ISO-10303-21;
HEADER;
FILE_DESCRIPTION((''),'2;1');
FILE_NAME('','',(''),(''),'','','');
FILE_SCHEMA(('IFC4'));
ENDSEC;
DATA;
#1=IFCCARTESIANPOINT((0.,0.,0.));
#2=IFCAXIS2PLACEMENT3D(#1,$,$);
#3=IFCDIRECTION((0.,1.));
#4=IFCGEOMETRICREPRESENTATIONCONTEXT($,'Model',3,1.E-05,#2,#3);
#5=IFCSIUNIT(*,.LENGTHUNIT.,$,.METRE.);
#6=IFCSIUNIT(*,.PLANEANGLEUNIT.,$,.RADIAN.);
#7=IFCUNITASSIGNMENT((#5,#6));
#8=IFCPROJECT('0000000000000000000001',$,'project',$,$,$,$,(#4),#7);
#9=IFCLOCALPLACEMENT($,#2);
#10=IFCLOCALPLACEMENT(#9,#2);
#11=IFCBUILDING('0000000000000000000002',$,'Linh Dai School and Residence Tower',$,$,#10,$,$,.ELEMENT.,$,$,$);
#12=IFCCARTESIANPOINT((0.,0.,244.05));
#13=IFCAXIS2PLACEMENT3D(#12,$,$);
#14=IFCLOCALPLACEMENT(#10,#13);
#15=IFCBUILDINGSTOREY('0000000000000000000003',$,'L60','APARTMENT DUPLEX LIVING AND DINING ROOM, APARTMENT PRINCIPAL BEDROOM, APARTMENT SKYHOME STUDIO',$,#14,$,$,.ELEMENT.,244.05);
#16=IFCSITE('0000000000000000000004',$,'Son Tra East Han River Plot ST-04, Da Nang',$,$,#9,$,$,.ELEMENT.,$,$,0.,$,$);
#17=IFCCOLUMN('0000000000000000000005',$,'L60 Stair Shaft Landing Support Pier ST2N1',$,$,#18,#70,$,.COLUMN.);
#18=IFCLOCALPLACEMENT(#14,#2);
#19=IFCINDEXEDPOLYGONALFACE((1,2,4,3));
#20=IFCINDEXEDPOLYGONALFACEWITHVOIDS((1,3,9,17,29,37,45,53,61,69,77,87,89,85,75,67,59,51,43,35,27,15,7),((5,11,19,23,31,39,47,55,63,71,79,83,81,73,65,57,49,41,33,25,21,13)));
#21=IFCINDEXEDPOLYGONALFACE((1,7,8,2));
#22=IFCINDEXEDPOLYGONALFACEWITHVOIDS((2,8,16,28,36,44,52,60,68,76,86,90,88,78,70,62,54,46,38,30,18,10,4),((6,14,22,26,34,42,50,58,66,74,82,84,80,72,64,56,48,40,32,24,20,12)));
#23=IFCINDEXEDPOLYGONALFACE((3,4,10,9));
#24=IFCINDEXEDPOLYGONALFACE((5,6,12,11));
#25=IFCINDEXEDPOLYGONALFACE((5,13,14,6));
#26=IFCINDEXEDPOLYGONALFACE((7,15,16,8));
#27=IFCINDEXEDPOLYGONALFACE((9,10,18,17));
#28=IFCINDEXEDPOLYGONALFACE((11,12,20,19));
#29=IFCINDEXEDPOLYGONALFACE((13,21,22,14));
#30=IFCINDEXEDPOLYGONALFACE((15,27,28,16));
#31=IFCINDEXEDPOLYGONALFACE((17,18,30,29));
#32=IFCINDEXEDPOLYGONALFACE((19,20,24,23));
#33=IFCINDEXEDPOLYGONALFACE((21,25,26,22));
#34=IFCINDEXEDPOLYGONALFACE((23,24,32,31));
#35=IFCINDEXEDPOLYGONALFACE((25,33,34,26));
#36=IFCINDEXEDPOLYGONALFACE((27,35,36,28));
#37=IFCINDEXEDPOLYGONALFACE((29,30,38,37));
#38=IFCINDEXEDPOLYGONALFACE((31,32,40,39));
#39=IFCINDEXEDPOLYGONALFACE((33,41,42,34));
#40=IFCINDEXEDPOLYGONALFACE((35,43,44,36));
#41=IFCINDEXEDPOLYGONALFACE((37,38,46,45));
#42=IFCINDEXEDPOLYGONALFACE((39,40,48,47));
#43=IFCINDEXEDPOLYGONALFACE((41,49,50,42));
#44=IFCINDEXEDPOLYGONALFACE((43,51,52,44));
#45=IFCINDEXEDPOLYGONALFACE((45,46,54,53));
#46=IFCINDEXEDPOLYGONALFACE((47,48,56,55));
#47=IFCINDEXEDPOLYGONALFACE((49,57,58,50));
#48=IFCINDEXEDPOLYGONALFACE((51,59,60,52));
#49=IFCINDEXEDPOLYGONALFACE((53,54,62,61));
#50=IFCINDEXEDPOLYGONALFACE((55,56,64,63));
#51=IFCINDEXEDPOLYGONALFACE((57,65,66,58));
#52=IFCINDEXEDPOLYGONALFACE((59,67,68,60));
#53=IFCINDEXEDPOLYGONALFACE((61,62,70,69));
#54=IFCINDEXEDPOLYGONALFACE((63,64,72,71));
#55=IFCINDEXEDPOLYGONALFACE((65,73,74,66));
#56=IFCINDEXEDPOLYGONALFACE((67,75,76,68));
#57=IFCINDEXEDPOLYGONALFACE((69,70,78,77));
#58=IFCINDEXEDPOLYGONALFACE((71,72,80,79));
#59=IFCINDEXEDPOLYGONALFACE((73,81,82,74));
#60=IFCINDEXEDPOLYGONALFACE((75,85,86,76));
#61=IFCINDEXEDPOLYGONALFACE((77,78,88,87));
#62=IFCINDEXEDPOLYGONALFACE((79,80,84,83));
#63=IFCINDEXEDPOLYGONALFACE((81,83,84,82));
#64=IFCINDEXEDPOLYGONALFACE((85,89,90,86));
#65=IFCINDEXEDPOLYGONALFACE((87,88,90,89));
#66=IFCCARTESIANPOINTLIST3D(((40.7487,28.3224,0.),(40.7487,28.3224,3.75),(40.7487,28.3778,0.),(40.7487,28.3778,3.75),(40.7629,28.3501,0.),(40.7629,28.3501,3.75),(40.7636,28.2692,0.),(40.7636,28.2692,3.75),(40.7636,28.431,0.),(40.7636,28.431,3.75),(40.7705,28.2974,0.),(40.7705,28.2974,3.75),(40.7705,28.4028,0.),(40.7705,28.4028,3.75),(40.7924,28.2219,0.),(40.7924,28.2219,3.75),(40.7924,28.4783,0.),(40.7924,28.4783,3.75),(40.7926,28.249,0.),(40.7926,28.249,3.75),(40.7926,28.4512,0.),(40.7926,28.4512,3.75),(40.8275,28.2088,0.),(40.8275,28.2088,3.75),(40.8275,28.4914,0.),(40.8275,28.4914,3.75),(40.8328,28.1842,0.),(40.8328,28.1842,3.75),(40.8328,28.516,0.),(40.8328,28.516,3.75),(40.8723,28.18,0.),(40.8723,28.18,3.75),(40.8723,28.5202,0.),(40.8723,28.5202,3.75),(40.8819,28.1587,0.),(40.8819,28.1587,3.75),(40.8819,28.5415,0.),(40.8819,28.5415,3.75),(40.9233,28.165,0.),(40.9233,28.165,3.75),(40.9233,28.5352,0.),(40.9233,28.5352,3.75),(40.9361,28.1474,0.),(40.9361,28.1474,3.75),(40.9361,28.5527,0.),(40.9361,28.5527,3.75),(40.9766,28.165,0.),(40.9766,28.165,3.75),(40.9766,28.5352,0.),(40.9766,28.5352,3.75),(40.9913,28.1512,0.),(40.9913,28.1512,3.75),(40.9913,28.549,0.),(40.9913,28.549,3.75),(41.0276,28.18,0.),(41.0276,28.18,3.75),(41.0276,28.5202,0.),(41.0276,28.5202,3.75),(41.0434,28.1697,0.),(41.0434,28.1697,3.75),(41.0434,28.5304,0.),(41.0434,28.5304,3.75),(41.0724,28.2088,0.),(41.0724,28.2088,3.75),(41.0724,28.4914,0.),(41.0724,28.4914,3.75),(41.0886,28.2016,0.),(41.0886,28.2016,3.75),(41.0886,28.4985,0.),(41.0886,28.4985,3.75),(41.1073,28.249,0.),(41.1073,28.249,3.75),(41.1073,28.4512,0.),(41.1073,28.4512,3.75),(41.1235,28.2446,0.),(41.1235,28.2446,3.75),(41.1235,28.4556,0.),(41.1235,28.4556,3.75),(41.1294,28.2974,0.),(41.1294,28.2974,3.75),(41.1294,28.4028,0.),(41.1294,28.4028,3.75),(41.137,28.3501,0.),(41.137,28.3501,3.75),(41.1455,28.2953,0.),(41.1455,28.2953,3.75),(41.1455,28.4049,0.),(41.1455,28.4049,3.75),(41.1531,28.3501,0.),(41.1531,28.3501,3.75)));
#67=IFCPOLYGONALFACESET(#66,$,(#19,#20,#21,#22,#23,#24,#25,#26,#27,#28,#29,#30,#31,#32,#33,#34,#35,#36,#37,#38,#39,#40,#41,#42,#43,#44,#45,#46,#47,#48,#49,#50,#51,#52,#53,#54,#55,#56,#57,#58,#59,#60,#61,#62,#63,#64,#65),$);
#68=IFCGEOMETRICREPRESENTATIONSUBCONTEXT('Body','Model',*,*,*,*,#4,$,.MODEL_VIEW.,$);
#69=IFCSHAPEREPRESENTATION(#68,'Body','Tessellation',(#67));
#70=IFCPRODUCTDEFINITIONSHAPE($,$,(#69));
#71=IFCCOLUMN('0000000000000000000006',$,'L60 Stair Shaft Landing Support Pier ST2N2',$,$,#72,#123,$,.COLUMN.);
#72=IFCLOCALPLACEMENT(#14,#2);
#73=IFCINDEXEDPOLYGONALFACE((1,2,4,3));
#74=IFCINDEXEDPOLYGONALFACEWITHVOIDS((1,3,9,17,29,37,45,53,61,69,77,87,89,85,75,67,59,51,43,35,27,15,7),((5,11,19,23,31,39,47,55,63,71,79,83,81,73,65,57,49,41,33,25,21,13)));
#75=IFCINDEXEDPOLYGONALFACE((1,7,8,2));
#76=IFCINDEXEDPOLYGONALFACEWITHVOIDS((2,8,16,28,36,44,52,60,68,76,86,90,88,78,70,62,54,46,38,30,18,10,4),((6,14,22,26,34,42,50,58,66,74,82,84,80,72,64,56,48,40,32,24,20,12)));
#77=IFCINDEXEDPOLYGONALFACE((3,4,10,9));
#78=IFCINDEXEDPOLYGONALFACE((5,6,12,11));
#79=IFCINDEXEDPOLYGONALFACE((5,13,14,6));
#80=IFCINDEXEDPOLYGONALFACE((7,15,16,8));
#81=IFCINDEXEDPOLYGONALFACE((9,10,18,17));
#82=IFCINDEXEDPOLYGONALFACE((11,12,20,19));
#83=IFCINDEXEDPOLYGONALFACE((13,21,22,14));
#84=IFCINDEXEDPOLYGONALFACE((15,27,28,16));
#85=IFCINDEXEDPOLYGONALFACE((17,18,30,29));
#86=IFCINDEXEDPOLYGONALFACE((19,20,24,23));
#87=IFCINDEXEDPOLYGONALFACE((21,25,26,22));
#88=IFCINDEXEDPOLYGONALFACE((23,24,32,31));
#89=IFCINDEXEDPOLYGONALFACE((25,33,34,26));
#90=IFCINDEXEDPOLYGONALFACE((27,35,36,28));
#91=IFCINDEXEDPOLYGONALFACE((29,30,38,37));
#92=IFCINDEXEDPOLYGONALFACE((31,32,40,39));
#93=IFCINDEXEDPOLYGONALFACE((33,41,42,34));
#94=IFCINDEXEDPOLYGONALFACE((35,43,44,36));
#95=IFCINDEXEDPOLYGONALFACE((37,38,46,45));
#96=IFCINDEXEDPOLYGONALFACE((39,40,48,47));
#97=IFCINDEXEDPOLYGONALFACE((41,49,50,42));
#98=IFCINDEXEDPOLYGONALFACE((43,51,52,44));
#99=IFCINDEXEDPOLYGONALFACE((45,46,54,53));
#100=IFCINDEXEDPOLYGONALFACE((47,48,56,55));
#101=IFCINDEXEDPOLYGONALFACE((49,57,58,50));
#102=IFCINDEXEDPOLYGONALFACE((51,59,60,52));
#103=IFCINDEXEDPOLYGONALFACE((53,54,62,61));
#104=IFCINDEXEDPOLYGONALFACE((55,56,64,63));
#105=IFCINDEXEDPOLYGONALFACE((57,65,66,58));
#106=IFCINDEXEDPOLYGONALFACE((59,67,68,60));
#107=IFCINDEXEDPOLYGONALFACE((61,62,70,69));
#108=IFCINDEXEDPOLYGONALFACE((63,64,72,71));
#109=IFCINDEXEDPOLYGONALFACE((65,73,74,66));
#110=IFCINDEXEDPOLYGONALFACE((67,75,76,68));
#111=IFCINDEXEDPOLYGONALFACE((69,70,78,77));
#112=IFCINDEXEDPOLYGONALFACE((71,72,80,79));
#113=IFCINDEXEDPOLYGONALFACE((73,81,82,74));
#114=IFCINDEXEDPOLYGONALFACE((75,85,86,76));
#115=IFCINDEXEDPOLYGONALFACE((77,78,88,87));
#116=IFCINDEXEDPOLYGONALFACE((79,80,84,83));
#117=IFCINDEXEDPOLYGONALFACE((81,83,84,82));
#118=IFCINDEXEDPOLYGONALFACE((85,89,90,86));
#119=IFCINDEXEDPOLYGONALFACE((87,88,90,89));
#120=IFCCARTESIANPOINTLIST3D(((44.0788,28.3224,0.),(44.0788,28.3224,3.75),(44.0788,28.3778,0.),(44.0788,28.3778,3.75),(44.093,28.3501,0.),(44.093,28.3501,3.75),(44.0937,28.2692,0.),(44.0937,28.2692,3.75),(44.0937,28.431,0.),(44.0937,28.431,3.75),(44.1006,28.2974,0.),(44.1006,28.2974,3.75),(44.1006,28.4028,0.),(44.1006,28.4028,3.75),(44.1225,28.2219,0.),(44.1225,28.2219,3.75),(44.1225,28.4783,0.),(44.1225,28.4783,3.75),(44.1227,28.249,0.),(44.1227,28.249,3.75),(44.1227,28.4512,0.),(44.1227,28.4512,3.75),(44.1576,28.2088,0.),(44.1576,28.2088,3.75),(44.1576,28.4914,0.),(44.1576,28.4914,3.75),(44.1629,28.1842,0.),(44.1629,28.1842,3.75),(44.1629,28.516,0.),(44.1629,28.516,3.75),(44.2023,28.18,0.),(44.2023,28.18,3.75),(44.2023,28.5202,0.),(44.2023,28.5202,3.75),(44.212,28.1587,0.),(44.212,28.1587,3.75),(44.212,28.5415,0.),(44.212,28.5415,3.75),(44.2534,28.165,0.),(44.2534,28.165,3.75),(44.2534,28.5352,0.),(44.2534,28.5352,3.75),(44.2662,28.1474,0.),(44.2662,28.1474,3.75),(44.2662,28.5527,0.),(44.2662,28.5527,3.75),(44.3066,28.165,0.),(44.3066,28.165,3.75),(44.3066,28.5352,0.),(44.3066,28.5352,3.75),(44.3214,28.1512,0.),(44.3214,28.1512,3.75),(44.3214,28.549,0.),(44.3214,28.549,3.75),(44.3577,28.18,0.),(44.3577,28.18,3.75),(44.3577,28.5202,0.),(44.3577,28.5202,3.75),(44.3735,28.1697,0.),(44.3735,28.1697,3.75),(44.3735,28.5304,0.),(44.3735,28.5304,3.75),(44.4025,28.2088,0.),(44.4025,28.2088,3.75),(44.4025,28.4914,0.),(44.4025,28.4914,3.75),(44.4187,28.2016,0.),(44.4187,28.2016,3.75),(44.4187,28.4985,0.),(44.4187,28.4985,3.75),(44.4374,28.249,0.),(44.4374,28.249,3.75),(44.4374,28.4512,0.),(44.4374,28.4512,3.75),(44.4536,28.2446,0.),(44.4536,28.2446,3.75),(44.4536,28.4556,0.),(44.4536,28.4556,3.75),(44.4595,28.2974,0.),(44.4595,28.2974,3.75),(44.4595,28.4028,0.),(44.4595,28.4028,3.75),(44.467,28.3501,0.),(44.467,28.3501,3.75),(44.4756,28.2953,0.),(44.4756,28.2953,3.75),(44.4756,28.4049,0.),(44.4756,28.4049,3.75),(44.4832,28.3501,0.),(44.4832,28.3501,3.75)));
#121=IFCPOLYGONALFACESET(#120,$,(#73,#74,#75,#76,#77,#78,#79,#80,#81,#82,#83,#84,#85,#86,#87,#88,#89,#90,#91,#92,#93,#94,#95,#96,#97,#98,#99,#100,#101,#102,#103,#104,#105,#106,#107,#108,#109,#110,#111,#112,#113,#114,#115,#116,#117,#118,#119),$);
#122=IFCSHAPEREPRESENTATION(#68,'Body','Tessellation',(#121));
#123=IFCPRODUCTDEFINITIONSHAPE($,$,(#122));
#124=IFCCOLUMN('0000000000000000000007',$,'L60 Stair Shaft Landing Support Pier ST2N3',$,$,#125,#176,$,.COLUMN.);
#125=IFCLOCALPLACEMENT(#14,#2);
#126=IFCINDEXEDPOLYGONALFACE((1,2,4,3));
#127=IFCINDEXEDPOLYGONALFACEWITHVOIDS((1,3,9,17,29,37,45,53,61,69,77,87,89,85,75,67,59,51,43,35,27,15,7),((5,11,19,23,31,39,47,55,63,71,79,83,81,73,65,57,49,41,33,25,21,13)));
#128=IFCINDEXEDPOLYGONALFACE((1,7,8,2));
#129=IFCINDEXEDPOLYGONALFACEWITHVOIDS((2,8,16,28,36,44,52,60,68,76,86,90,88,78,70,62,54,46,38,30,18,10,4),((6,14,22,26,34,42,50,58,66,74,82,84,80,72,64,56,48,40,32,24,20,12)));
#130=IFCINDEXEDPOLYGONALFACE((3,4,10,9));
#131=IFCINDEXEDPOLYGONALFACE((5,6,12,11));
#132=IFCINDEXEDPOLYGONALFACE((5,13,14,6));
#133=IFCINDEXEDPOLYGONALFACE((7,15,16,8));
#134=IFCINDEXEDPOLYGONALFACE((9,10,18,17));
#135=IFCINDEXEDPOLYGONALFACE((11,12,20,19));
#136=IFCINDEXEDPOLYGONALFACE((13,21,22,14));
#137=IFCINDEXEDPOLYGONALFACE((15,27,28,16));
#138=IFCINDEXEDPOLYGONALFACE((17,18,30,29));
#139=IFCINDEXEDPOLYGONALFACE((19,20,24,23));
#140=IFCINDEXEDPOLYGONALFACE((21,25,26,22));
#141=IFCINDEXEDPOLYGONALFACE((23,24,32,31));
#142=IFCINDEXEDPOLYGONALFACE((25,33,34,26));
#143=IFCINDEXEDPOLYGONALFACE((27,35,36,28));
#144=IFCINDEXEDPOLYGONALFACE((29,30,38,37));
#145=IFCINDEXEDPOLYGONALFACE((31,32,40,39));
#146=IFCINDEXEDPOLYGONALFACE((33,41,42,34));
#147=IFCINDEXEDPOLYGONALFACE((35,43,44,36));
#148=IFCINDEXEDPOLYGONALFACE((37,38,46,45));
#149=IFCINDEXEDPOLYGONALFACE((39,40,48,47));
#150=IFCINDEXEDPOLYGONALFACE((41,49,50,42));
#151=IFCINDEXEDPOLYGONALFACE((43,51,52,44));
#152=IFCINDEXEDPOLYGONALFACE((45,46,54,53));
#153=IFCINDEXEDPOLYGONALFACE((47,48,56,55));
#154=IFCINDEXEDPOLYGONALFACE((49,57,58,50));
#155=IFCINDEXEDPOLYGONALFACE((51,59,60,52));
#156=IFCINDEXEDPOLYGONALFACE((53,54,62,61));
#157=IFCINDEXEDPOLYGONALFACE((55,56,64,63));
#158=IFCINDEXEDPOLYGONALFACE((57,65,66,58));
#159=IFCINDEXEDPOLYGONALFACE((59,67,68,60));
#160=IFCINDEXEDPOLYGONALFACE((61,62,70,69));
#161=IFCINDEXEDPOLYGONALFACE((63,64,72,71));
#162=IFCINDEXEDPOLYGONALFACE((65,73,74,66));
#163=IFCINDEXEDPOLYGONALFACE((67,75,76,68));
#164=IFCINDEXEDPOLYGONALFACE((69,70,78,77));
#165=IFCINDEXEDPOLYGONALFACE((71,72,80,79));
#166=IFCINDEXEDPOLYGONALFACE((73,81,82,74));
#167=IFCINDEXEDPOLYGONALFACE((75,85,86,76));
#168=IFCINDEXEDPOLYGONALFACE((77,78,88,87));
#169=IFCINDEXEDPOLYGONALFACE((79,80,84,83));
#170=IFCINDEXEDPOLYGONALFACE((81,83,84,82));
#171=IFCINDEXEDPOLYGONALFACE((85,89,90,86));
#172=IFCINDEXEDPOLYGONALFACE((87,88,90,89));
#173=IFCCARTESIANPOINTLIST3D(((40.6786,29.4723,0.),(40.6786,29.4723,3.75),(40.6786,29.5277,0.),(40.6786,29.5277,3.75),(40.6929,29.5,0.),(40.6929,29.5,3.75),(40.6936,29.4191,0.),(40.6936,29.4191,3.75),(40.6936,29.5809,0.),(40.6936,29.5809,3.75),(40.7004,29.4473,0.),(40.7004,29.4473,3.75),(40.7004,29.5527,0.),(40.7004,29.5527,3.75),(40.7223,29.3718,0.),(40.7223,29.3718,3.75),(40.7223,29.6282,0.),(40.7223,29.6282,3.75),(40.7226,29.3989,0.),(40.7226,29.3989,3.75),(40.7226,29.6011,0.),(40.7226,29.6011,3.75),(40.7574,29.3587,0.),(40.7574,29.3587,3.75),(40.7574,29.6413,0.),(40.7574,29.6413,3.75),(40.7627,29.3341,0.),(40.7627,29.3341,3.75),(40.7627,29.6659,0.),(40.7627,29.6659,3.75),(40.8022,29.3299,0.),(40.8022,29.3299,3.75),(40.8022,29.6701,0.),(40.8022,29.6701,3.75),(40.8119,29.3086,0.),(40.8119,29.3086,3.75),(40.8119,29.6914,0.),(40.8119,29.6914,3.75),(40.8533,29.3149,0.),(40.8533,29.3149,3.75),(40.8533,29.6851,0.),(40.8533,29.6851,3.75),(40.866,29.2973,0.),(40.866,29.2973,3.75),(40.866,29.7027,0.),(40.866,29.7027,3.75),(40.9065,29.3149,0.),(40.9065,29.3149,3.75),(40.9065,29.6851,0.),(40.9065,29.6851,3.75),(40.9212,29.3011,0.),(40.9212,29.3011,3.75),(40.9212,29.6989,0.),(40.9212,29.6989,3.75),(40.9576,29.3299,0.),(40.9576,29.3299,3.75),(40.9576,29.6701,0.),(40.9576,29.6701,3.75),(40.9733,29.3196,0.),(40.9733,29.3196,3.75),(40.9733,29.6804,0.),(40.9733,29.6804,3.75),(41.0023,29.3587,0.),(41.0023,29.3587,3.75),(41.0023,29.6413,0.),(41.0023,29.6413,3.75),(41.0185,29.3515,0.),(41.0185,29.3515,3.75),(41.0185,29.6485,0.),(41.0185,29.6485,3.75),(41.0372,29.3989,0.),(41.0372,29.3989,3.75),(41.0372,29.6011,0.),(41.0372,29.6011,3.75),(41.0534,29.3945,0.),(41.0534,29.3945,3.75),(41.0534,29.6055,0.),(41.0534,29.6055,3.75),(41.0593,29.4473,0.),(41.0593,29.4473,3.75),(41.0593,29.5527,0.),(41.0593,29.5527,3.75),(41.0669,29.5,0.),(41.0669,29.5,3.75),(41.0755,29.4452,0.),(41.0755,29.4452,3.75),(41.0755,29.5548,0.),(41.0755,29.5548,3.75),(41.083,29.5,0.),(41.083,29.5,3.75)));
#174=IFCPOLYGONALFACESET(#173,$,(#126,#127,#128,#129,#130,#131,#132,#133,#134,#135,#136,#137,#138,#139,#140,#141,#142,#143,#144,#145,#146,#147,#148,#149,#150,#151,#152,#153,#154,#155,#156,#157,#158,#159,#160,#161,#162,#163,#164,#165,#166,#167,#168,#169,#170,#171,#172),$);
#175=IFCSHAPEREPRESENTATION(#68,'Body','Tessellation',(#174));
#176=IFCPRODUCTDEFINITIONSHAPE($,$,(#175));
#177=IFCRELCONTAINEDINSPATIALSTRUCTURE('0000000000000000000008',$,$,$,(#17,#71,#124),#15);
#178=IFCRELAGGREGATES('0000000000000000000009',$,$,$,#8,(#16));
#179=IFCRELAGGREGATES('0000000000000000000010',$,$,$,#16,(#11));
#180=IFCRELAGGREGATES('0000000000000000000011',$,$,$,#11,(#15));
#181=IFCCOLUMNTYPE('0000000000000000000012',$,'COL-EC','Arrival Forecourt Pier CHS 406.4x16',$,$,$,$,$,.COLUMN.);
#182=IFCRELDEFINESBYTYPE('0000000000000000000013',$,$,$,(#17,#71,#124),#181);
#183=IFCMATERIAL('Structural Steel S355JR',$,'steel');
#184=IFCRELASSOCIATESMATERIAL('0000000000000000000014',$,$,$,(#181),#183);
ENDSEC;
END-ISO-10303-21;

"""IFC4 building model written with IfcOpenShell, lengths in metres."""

from ifc_helpers import new_model, si_unit, direction, frame, origin, origin_2d, place, context, subcontext, project, spatial, hollow_circle, extrude, material, material_profile, profile_set, type_object, element, save


model = new_model("IFC4")

# Units and contexts
model_context = context("Model", 3, precision=1e-05, world=origin(), true_north=direction((0.0, 1.0)))
body_context = subcontext(model_context, "Body", "Model", "MODEL_VIEW")
ifc_project = project(units=[si_unit("LENGTHUNIT", "METRE"), si_unit("PLANEANGLEUNIT", "RADIAN")], contexts=[model_context])

# Site, building, storey
site_placement = place(None, origin())
site = spatial("IfcSite", under=ifc_project, at=site_placement, Name="Son Tra East Han River Plot ST-04, Da Nang", CompositionType="ELEMENT", RefElevation=0.0)
building_placement = place(site_placement, origin())
building = spatial("IfcBuilding", under=site, at=building_placement, Name="Linh Dai School and Residence Tower", CompositionType="ELEMENT")
storey_placement = place(building_placement, frame((0.0, 0.0, 244.05)))
storey = spatial("IfcBuildingStorey", under=building, at=storey_placement, Name="L60", Description="APARTMENT DUPLEX LIVING AND DINING ROOM, APARTMENT PRINCIPAL BEDROOM, APARTMENT SKYHOME STUDIO", CompositionType="ELEMENT", Elevation=244.05)

# Columns
ifc_material_1 = material(Name="Structural Steel S355JR", Category="steel")
ifc_material_profile_1 = material_profile(ifc_material_1, hollow_circle(Radius=0.2031, WallThickness=0.0161, at=origin_2d()), Name="CHS 406.4x16")
ifc_profile_set_1 = profile_set([ifc_material_profile_1], Name="Structural Steel S355JR")
column_type_1 = type_object("IfcColumnType", Name="COL-EC", Description="Arrival Forecourt Pier CHS 406.4x16", PredefinedType="COLUMN", material=ifc_profile_set_1)
for number, where, z_axis, x_axis, name in (
    (1, (40.95, 28.3501, 0.0), (0.0, 0.0, 1.0), (1.0, 0.0, 0.0), "L60 Stair Shaft Landing Support Pier ST2N1"),
    (2, (44.28, 28.3501, 0.0), (0.0, 0.0, 1.0), (1.0, 0.0, 0.0), "L60 Stair Shaft Landing Support Pier ST2N2"),
    (3, (40.8799, 29.5, 0.0), (0.0, 0.0, 1.0), (1.0, 0.0, 0.0), "L60 Stair Shaft Landing Support Pier ST2N3"),
):
    element("IfcColumn", number, at=place(storey_placement, frame(where, z_axis=z_axis, x_axis=x_axis)), inside=storey, type_object=column_type_1, Name=name, PredefinedType="COLUMN", context=body_context, shape_type="SweptSolid", body=[
        extrude(hollow_circle(Radius=0.2031, WallThickness=0.0161, at=origin_2d()), origin(), (0.0, 0.0, 1.0), 3.75),
    ])

save(model, "model.ifc")
